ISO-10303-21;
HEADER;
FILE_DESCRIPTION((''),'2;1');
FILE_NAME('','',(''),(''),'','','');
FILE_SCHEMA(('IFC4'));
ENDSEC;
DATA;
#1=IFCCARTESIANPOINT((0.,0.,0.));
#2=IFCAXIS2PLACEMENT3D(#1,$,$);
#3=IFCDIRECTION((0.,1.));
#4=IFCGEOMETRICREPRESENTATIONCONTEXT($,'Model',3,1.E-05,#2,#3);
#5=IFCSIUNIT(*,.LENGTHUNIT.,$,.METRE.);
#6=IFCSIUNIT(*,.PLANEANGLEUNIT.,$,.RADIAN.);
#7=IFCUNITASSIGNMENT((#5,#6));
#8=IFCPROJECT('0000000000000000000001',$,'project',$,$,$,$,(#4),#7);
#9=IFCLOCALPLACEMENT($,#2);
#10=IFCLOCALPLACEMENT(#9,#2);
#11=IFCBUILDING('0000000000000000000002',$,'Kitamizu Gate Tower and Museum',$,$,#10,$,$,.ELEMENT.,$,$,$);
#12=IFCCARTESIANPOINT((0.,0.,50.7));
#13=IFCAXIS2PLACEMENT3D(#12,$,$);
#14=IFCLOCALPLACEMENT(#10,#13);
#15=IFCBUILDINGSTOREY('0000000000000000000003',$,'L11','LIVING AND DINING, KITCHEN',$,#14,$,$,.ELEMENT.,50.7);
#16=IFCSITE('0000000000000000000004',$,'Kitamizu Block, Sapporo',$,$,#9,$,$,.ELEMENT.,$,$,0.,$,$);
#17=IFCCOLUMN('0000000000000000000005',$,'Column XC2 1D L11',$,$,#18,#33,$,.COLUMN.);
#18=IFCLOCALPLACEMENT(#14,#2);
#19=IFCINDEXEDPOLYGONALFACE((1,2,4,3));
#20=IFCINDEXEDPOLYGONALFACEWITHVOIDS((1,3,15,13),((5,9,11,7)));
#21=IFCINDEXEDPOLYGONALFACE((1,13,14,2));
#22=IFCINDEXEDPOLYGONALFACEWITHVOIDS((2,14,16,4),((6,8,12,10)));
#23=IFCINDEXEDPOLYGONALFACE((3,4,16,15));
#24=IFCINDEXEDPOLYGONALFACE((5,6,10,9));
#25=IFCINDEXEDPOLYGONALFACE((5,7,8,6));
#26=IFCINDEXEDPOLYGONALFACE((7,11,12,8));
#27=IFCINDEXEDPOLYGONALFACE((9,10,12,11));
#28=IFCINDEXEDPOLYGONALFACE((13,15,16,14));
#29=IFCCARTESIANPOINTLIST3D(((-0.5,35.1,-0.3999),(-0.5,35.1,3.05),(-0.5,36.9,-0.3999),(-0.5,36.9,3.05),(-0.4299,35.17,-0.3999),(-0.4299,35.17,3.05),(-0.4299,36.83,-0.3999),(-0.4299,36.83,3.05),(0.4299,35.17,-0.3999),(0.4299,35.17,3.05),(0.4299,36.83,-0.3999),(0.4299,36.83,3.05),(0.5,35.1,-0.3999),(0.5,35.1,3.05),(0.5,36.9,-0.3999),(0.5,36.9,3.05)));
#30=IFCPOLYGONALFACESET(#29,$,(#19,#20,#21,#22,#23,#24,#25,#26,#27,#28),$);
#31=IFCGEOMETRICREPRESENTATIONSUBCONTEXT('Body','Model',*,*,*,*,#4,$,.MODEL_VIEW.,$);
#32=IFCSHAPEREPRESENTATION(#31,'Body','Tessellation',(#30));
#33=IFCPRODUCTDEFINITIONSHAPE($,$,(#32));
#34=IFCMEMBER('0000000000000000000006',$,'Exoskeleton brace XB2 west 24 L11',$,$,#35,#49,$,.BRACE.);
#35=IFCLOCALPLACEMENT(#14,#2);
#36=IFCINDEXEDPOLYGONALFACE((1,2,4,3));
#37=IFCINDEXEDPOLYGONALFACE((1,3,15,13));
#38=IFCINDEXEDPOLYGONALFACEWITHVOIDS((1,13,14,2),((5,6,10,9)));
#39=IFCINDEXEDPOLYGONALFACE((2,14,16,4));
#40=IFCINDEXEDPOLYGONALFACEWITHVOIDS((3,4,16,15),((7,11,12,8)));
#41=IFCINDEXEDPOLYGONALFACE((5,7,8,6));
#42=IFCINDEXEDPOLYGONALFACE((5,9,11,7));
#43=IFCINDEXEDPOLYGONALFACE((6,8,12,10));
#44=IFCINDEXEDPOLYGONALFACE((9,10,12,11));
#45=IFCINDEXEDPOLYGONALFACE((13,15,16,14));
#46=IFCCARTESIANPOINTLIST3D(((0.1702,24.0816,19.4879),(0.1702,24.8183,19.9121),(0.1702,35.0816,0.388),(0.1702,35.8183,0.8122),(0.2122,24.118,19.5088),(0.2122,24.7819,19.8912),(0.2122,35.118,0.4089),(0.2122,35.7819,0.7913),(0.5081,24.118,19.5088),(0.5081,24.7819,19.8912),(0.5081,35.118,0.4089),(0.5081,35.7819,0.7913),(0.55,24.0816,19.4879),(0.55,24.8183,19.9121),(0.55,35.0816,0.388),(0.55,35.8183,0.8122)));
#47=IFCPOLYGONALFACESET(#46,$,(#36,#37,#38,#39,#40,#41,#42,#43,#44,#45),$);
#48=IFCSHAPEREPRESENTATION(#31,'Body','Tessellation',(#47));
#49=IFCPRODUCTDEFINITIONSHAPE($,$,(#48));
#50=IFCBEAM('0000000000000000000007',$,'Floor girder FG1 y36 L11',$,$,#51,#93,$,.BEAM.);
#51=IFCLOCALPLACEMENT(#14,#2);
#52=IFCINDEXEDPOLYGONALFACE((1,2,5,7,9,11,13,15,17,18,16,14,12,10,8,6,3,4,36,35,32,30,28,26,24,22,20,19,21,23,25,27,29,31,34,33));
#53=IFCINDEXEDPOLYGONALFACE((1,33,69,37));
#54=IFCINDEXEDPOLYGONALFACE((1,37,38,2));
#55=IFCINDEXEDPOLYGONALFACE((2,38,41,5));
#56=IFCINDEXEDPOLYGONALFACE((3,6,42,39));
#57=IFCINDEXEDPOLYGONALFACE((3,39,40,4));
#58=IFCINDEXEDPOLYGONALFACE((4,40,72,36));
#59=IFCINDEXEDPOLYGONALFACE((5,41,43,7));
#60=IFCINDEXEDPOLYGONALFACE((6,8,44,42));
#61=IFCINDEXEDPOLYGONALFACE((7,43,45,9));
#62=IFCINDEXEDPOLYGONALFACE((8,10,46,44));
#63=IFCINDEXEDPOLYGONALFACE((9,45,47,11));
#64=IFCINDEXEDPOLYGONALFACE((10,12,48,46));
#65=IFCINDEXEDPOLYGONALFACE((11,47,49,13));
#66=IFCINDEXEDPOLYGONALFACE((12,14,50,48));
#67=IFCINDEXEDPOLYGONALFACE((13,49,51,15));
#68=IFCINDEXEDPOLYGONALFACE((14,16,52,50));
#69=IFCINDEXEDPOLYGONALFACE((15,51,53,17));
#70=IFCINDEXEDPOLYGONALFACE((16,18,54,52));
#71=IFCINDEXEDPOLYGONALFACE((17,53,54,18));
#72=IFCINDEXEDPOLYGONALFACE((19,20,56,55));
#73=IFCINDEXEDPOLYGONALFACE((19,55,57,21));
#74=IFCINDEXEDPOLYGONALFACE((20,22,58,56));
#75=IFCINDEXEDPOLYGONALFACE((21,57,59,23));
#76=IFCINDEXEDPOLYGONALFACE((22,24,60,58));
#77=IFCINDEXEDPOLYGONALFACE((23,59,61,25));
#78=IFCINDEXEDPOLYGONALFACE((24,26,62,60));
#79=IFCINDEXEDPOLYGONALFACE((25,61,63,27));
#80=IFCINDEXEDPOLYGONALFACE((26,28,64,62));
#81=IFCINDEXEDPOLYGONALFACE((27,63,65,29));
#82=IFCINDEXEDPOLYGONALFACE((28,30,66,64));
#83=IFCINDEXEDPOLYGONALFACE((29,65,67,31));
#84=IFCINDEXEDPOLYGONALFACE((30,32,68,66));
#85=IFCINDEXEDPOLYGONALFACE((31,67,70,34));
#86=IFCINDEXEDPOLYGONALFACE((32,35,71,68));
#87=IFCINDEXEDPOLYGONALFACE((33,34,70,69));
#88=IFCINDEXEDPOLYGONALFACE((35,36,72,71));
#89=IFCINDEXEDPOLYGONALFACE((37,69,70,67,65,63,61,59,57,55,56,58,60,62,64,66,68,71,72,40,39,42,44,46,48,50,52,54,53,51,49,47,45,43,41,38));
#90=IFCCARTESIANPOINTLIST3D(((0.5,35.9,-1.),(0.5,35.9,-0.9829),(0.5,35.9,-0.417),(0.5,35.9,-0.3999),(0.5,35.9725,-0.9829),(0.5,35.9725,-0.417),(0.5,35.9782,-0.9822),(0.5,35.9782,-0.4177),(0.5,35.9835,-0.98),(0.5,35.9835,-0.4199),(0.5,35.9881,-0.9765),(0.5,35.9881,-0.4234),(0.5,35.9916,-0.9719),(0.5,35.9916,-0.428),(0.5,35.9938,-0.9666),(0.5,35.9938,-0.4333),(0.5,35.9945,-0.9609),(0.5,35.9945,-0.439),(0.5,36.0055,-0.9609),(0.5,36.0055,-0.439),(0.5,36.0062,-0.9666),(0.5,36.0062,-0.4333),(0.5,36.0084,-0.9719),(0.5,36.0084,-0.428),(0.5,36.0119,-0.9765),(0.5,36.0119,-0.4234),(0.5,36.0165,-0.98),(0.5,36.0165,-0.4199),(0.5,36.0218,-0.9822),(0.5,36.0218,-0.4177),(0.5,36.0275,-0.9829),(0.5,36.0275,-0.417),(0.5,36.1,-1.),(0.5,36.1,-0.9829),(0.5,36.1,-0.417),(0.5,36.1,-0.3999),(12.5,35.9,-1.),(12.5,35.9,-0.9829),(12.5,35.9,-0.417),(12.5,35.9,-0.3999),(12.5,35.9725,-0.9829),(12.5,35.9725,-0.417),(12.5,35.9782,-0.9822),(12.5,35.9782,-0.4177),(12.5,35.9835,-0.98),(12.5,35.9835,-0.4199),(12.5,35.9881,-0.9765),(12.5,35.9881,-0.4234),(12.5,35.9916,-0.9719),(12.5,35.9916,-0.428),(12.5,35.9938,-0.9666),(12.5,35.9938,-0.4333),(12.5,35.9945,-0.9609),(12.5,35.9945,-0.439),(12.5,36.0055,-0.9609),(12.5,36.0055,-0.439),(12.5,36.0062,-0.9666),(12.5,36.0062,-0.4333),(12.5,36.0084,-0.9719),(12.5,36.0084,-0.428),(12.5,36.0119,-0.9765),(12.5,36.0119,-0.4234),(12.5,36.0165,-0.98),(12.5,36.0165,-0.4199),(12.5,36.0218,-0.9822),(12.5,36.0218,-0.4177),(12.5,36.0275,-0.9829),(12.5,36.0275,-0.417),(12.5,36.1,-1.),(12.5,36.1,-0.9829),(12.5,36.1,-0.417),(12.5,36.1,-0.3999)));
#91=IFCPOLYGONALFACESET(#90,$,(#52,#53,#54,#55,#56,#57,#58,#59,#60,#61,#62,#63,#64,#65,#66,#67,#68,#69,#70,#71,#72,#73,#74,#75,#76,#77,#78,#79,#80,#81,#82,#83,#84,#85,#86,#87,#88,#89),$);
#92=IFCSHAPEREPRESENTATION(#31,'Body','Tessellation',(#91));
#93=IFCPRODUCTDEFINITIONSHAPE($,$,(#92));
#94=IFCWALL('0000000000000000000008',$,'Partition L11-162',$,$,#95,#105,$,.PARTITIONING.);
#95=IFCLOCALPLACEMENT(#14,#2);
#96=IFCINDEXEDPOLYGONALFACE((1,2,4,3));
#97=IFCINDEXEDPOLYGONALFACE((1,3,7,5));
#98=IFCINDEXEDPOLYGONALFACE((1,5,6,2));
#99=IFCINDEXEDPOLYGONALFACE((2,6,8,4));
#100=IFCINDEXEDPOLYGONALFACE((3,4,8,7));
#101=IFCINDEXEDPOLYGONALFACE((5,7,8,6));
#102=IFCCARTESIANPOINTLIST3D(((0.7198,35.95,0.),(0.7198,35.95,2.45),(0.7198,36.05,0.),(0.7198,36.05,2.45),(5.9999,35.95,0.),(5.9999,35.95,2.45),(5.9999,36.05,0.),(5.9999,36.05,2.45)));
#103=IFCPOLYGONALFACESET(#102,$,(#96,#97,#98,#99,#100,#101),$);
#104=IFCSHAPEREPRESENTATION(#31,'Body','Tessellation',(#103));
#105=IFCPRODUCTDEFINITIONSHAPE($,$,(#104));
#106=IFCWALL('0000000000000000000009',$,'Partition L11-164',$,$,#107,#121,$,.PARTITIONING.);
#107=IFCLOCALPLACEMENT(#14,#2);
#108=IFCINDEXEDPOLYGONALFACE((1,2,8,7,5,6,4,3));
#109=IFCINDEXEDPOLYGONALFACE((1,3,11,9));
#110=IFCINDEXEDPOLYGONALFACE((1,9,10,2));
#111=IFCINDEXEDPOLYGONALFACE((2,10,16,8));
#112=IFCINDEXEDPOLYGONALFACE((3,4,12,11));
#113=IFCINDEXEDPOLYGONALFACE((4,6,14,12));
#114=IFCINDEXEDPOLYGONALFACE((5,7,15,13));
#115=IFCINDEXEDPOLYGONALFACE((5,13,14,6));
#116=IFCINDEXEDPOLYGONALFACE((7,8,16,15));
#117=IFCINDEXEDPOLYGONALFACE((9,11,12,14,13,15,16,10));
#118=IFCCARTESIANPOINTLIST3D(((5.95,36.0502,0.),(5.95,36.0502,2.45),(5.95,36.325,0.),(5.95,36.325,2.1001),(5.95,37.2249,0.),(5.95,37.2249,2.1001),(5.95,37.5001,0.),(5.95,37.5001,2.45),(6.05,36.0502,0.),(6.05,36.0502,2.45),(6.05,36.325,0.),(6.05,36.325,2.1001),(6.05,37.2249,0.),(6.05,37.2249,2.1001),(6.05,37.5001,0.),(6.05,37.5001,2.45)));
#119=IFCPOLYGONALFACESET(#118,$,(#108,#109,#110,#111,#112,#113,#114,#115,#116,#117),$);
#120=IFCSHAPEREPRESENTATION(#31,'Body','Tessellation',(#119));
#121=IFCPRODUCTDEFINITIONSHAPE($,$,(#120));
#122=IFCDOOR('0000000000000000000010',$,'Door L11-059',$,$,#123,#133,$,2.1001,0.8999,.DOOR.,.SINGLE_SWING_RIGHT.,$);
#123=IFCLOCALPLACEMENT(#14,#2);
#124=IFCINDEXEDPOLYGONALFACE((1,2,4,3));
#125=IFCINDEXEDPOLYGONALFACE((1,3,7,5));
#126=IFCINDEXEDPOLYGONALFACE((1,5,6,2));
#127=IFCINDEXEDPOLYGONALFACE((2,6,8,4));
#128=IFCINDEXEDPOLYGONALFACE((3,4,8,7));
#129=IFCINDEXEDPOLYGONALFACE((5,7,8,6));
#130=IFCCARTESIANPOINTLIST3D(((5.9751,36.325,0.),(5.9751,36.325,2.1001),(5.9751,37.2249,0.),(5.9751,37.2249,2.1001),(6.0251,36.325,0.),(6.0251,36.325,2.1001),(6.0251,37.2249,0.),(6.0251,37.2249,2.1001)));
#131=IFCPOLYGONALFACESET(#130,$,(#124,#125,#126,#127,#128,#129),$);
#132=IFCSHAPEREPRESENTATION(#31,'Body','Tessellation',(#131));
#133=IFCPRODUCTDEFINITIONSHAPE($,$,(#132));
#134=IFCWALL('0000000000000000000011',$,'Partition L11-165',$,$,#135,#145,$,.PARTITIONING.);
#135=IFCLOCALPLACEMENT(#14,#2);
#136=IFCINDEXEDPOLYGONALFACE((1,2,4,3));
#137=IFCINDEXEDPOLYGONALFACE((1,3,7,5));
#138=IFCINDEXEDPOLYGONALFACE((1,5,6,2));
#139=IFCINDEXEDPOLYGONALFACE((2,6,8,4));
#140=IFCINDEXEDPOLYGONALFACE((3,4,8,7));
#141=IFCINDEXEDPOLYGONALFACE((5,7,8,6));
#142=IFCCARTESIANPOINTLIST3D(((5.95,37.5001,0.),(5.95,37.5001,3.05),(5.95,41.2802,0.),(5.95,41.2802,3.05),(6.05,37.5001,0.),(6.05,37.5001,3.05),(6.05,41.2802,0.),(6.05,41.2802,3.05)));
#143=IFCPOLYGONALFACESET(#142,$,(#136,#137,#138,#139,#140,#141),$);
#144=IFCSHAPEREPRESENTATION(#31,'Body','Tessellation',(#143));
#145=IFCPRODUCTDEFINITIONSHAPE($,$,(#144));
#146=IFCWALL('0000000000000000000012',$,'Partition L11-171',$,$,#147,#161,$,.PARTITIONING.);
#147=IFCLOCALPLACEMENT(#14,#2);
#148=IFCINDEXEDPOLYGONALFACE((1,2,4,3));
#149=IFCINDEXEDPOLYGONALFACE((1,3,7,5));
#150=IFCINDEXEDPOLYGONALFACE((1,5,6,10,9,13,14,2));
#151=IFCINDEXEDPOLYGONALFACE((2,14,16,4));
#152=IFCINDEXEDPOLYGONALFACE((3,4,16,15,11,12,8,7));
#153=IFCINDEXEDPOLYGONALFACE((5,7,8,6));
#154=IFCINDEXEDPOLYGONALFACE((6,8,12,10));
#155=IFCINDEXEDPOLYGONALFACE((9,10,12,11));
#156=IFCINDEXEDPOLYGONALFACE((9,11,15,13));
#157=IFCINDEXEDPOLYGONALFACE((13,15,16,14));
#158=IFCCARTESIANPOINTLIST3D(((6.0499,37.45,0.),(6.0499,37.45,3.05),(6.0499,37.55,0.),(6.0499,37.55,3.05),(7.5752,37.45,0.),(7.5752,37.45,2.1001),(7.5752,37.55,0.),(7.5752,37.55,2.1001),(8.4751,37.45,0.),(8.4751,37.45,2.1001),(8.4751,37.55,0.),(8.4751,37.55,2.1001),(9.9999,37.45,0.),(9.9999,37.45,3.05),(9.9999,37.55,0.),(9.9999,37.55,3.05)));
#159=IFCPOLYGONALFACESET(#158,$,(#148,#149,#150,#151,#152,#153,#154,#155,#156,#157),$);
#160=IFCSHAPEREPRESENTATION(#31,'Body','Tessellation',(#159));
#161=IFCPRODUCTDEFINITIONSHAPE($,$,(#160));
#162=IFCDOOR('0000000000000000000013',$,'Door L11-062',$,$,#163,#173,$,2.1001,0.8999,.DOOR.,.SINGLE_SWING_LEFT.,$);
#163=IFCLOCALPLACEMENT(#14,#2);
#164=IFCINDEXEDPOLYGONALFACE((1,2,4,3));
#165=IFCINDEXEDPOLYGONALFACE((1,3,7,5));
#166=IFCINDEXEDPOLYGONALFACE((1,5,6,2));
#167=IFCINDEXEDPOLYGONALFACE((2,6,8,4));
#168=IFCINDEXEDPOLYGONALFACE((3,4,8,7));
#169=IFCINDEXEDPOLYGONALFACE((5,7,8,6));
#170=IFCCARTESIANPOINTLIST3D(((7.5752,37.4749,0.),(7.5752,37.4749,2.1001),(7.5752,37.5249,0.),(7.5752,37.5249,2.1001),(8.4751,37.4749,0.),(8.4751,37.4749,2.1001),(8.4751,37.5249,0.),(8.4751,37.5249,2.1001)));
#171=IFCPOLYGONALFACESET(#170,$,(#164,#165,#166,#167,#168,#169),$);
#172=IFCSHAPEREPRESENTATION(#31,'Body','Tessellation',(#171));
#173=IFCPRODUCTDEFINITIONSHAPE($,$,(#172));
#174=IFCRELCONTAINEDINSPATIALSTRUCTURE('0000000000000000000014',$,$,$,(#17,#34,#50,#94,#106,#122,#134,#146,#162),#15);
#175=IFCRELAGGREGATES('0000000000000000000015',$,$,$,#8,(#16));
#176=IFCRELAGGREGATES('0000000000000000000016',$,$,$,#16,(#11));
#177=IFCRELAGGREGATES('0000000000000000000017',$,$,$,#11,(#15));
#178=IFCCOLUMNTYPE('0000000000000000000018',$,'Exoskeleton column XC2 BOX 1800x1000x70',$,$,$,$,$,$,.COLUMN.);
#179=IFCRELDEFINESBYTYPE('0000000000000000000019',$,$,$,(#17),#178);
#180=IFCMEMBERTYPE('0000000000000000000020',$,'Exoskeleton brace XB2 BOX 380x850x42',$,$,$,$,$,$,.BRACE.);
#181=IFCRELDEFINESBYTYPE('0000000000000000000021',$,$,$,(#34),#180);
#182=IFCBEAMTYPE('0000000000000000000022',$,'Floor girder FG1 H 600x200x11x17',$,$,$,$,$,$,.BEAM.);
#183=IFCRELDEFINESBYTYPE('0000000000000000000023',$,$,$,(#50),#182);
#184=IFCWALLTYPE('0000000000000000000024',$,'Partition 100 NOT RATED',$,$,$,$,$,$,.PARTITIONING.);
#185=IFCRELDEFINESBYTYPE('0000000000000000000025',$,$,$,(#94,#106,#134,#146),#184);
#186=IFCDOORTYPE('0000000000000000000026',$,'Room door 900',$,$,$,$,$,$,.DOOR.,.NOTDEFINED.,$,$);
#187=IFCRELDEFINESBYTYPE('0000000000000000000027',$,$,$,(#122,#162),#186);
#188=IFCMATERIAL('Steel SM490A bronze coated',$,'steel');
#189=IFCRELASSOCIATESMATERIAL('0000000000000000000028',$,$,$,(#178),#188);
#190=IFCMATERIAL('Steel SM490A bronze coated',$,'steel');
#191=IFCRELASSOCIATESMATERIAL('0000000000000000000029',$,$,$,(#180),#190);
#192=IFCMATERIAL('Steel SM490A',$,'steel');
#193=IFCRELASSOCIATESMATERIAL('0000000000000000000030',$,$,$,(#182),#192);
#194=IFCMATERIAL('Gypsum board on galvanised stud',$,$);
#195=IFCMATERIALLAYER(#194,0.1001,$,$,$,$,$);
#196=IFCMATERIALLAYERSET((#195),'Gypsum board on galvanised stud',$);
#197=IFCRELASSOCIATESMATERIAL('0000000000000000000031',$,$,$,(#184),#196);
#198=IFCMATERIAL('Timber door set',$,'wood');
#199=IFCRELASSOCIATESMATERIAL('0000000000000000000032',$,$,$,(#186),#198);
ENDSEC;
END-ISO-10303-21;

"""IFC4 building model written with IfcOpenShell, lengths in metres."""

from ifc_helpers import new_model, si_unit, direction, frame, frame_2d, origin, origin_2d, place, context, subcontext, project, spatial, rectangle, hollow_rectangle, i_section, extrude, material, layer, layer_set, material_profile, profile_set, type_object, element, fill, save


model = new_model("IFC4")

# Units and contexts
model_context = context("Model", 3, precision=1e-05, world=origin(), true_north=direction((0.0, 1.0)))
body_context = subcontext(model_context, "Body", "Model", "MODEL_VIEW")
ifc_project = project(units=[si_unit("LENGTHUNIT", "METRE"), si_unit("PLANEANGLEUNIT", "RADIAN")], contexts=[model_context])

# Site, building, storey
site_placement = place(None, origin())
site = spatial("IfcSite", under=ifc_project, at=site_placement, Name="Kitamizu Block, Sapporo", CompositionType="ELEMENT", RefElevation=0.0)
building_placement = place(site_placement, origin())
building = spatial("IfcBuilding", under=site, at=building_placement, Name="Kitamizu Gate Tower and Museum", CompositionType="ELEMENT")
storey_placement = place(building_placement, frame((0.0, 0.0, 50.7)))
storey = spatial("IfcBuildingStorey", under=building, at=storey_placement, Name="L11", Description="LIVING AND DINING, KITCHEN", CompositionType="ELEMENT", Elevation=50.7)

# Column
ifc_material_1 = material(Name="Steel SM490A bronze coated", Category="steel")
ifc_material_profile_1 = material_profile(ifc_material_1, hollow_rectangle(XDim=1.8, YDim=1.0, WallThickness=0.0701, at=origin_2d()), Name="BOX 1800x1000x70")
ifc_profile_set_1 = profile_set([ifc_material_profile_1], Name="Steel SM490A bronze coated")
column_type = type_object("IfcColumnType", Name="Exoskeleton column XC2 BOX 1800x1000x70", PredefinedType="COLUMN", material=ifc_profile_set_1)
column_placement = place(storey_placement, frame((0.0, 36.0, -0.3999), z_axis=(0.0, 0.0, 1.0), x_axis=(0.0, 1.0, 0.0)))
element("IfcColumn", 1, at=column_placement, inside=storey, type_object=column_type, Name="Column XC2 1D L11", PredefinedType="COLUMN", context=body_context, shape_type="SweptSolid", body=[
    extrude(hollow_rectangle(XDim=1.8, YDim=1.0, WallThickness=0.0701, at=origin_2d()), origin(), (0.0, 0.0, 1.0), 3.45),
])

# Member
ifc_material_2 = material(Name="Steel SM490A bronze coated", Category="steel")
ifc_material_profile_2 = material_profile(ifc_material_2, hollow_rectangle(XDim=0.3799, YDim=0.8501, WallThickness=0.042, at=origin_2d()), Name="BOX 380x850x42")
ifc_profile_set_2 = profile_set([ifc_material_profile_2], Name="Steel SM490A bronze coated")
member_type = type_object("IfcMemberType", Name="Exoskeleton brace XB2 BOX 380x850x42", PredefinedType="BRACE", material=ifc_profile_set_2)
member_placement = place(storey_placement, frame((0.3601, 35.45, 0.6001), z_axis=(0.0, -0.499071, 0.866561), x_axis=(1.0, 0.0, 0.0)))
element("IfcMember", 2, at=member_placement, inside=storey, type_object=member_type, Name="Exoskeleton brace XB2 west 24 L11", PredefinedType="BRACE", context=body_context, shape_type="SweptSolid", body=[
    extrude(hollow_rectangle(XDim=0.3799, YDim=0.8501, WallThickness=0.042, at=origin_2d()), origin(), (0.0, 0.0, 1.0), 22.041),
])

# Beam
ifc_material_3 = material(Name="Steel SM490A", Category="steel")
ifc_material_profile_3 = material_profile(ifc_material_3, i_section(OverallWidth=0.2, OverallDepth=0.6001, WebThickness=0.011, FlangeThickness=0.0171, FilletRadius=0.022, at=origin_2d()), Name="H-600x200x11x17")
ifc_profile_set_3 = profile_set([ifc_material_profile_3], Name="Steel SM490A")
beam_type = type_object("IfcBeamType", Name="Floor girder FG1 H 600x200x11x17", PredefinedType="BEAM", material=ifc_profile_set_3)
beam_placement = place(storey_placement, frame((0.5, 36.0, -0.7), z_axis=(1.0, 0.0, 0.0), x_axis=(0.0, 1.0, 0.0)))
element("IfcBeam", 3, at=beam_placement, inside=storey, type_object=beam_type, Name="Floor girder FG1 y36 L11", PredefinedType="BEAM", context=body_context, shape_type="SweptSolid", body=[
    extrude(i_section(OverallWidth=0.2, OverallDepth=0.6001, WebThickness=0.011, FlangeThickness=0.0171, FilletRadius=0.022, at=origin_2d()), origin(), (0.0, 0.0, 1.0), 12.0),
])

# Wall
ifc_material_4 = material(Name="Gypsum board on galvanised stud")
ifc_layer_1 = layer(ifc_material_4, 0.1001)
ifc_layer_set_1 = layer_set([ifc_layer_1], Name="Gypsum board on galvanised stud")
wall_type_1 = type_object("IfcWallType", Name="Partition 100 NOT RATED", PredefinedType="PARTITIONING", material=ifc_layer_set_1)
wall_1_placement = place(storey_placement, frame((6.0, 36.0, 0.0), z_axis=(0.0, 0.0, 1.0), x_axis=(-1.0, 0.0, 0.0)))
element("IfcWall", 4, at=wall_1_placement, inside=storey, type_object=wall_type_1, Name="Partition L11-162", PredefinedType="PARTITIONING", context=body_context, shape_type="SweptSolid", body=[
    extrude(rectangle(XDim=5.28, YDim=0.1001, at=frame_2d((2.6401, 0.0))), origin(), (0.0, 0.0, 1.0), 2.45),
])

# Wall, opening, door
wall_2_placement = place(storey_placement, frame((6.0, 36.05, 0.0), z_axis=(0.0, 0.0, 1.0), x_axis=(0.0, 1.0, 0.0)))
wall_2 = element("IfcWall", 5, at=wall_2_placement, inside=storey, type_object=wall_type_1, Name="Partition L11-164", PredefinedType="PARTITIONING", context=body_context, shape_type="SweptSolid", body=[
    extrude(rectangle(XDim=1.45, YDim=0.1001, at=frame_2d((0.7251, 0.0))), origin(), (0.0, 0.0, 1.0), 2.45),
])
opening_1_placement = place(wall_2_placement, frame((0.2749, 0.0, 0.0)))
opening_1 = element("IfcOpeningElement", 6, at=opening_1_placement, cuts=wall_2, PredefinedType="OPENING", context=body_context, shape_type="SweptSolid", body=[
    extrude(rectangle(XDim=0.8999, YDim=2.1001, at=frame_2d((0.45, 1.05))), frame((0.0, 0.0601, 0.0), z_axis=(0.0, -1.0, 0.0), x_axis=(1.0, 0.0, 0.0)), (0.0, 0.0, 1.0), 0.1201),
])
ifc_material_5 = material(Name="Timber door set", Category="wood")
door_type = type_object("IfcDoorType", Name="Room door 900", OperationType="NOTDEFINED", PredefinedType="DOOR", material=ifc_material_5)
door_1_placement = place(opening_1_placement, origin())
door_1 = element("IfcDoor", 7, at=door_1_placement, inside=storey, type_object=door_type, Name="Door L11-059", OperationType="SINGLE_SWING_RIGHT", OverallHeight=2.1001, OverallWidth=0.8999, PredefinedType="DOOR", context=body_context, shape_type="SweptSolid", body=[
    extrude(rectangle(XDim=0.8999, YDim=2.1001, at=frame_2d((0.45, 1.05))), frame((0.0, 0.0249, 0.0), z_axis=(0.0, -1.0, 0.0), x_axis=(1.0, 0.0, 0.0)), (0.0, 0.0, 1.0), 0.05),
])
fill(opening_1, door_1)

# Wall
wall_3_placement = place(storey_placement, frame((6.0, 37.5, 0.0), z_axis=(0.0, 0.0, 1.0), x_axis=(0.0, 1.0, 0.0)))
element("IfcWall", 8, at=wall_3_placement, inside=storey, type_object=wall_type_1, Name="Partition L11-165", PredefinedType="PARTITIONING", context=body_context, shape_type="SweptSolid", body=[
    extrude(rectangle(XDim=3.78, YDim=0.1001, at=frame_2d((1.8901, 0.0))), origin(), (0.0, 0.0, 1.0), 3.05),
])

# Wall, opening, door
wall_4_placement = place(storey_placement, frame((10.0, 37.5, 0.0), z_axis=(0.0, 0.0, 1.0), x_axis=(-1.0, 0.0, 0.0)))
wall_4 = element("IfcWall", 9, at=wall_4_placement, inside=storey, type_object=wall_type_1, Name="Partition L11-171", PredefinedType="PARTITIONING", context=body_context, shape_type="SweptSolid", body=[
    extrude(rectangle(XDim=3.95, YDim=0.1001, at=frame_2d((1.9751, 0.0))), origin(), (0.0, 0.0, 1.0), 3.05),
])
opening_2_placement = place(wall_4_placement, frame((1.5249, 0.0, 0.0)))
opening_2 = element("IfcOpeningElement", 10, at=opening_2_placement, cuts=wall_4, PredefinedType="OPENING", context=body_context, shape_type="SweptSolid", body=[
    extrude(rectangle(XDim=0.8999, YDim=2.1001, at=frame_2d((0.45, 1.05))), frame((0.0, 0.0601, 0.0), z_axis=(0.0, -1.0, 0.0), x_axis=(1.0, 0.0, 0.0)), (0.0, 0.0, 1.0), 0.1201),
])
door_2_placement = place(opening_2_placement, frame((0.8999, 0.0, 0.0), x_axis=(-1.0, 0.0, 0.0)))
door_2 = element("IfcDoor", 11, at=door_2_placement, inside=storey, type_object=door_type, Name="Door L11-062", OperationType="SINGLE_SWING_LEFT", OverallHeight=2.1001, OverallWidth=0.8999, PredefinedType="DOOR", context=body_context, shape_type="SweptSolid", body=[
    extrude(rectangle(XDim=0.8999, YDim=2.1001, at=frame_2d((0.45, 1.05))), frame((0.0, 0.0249, 0.0), z_axis=(0.0, -1.0, 0.0), x_axis=(1.0, 0.0, 0.0)), (0.0, 0.0, 1.0), 0.05),
])
fill(opening_2, door_2)

save(model, "model.ifc")
